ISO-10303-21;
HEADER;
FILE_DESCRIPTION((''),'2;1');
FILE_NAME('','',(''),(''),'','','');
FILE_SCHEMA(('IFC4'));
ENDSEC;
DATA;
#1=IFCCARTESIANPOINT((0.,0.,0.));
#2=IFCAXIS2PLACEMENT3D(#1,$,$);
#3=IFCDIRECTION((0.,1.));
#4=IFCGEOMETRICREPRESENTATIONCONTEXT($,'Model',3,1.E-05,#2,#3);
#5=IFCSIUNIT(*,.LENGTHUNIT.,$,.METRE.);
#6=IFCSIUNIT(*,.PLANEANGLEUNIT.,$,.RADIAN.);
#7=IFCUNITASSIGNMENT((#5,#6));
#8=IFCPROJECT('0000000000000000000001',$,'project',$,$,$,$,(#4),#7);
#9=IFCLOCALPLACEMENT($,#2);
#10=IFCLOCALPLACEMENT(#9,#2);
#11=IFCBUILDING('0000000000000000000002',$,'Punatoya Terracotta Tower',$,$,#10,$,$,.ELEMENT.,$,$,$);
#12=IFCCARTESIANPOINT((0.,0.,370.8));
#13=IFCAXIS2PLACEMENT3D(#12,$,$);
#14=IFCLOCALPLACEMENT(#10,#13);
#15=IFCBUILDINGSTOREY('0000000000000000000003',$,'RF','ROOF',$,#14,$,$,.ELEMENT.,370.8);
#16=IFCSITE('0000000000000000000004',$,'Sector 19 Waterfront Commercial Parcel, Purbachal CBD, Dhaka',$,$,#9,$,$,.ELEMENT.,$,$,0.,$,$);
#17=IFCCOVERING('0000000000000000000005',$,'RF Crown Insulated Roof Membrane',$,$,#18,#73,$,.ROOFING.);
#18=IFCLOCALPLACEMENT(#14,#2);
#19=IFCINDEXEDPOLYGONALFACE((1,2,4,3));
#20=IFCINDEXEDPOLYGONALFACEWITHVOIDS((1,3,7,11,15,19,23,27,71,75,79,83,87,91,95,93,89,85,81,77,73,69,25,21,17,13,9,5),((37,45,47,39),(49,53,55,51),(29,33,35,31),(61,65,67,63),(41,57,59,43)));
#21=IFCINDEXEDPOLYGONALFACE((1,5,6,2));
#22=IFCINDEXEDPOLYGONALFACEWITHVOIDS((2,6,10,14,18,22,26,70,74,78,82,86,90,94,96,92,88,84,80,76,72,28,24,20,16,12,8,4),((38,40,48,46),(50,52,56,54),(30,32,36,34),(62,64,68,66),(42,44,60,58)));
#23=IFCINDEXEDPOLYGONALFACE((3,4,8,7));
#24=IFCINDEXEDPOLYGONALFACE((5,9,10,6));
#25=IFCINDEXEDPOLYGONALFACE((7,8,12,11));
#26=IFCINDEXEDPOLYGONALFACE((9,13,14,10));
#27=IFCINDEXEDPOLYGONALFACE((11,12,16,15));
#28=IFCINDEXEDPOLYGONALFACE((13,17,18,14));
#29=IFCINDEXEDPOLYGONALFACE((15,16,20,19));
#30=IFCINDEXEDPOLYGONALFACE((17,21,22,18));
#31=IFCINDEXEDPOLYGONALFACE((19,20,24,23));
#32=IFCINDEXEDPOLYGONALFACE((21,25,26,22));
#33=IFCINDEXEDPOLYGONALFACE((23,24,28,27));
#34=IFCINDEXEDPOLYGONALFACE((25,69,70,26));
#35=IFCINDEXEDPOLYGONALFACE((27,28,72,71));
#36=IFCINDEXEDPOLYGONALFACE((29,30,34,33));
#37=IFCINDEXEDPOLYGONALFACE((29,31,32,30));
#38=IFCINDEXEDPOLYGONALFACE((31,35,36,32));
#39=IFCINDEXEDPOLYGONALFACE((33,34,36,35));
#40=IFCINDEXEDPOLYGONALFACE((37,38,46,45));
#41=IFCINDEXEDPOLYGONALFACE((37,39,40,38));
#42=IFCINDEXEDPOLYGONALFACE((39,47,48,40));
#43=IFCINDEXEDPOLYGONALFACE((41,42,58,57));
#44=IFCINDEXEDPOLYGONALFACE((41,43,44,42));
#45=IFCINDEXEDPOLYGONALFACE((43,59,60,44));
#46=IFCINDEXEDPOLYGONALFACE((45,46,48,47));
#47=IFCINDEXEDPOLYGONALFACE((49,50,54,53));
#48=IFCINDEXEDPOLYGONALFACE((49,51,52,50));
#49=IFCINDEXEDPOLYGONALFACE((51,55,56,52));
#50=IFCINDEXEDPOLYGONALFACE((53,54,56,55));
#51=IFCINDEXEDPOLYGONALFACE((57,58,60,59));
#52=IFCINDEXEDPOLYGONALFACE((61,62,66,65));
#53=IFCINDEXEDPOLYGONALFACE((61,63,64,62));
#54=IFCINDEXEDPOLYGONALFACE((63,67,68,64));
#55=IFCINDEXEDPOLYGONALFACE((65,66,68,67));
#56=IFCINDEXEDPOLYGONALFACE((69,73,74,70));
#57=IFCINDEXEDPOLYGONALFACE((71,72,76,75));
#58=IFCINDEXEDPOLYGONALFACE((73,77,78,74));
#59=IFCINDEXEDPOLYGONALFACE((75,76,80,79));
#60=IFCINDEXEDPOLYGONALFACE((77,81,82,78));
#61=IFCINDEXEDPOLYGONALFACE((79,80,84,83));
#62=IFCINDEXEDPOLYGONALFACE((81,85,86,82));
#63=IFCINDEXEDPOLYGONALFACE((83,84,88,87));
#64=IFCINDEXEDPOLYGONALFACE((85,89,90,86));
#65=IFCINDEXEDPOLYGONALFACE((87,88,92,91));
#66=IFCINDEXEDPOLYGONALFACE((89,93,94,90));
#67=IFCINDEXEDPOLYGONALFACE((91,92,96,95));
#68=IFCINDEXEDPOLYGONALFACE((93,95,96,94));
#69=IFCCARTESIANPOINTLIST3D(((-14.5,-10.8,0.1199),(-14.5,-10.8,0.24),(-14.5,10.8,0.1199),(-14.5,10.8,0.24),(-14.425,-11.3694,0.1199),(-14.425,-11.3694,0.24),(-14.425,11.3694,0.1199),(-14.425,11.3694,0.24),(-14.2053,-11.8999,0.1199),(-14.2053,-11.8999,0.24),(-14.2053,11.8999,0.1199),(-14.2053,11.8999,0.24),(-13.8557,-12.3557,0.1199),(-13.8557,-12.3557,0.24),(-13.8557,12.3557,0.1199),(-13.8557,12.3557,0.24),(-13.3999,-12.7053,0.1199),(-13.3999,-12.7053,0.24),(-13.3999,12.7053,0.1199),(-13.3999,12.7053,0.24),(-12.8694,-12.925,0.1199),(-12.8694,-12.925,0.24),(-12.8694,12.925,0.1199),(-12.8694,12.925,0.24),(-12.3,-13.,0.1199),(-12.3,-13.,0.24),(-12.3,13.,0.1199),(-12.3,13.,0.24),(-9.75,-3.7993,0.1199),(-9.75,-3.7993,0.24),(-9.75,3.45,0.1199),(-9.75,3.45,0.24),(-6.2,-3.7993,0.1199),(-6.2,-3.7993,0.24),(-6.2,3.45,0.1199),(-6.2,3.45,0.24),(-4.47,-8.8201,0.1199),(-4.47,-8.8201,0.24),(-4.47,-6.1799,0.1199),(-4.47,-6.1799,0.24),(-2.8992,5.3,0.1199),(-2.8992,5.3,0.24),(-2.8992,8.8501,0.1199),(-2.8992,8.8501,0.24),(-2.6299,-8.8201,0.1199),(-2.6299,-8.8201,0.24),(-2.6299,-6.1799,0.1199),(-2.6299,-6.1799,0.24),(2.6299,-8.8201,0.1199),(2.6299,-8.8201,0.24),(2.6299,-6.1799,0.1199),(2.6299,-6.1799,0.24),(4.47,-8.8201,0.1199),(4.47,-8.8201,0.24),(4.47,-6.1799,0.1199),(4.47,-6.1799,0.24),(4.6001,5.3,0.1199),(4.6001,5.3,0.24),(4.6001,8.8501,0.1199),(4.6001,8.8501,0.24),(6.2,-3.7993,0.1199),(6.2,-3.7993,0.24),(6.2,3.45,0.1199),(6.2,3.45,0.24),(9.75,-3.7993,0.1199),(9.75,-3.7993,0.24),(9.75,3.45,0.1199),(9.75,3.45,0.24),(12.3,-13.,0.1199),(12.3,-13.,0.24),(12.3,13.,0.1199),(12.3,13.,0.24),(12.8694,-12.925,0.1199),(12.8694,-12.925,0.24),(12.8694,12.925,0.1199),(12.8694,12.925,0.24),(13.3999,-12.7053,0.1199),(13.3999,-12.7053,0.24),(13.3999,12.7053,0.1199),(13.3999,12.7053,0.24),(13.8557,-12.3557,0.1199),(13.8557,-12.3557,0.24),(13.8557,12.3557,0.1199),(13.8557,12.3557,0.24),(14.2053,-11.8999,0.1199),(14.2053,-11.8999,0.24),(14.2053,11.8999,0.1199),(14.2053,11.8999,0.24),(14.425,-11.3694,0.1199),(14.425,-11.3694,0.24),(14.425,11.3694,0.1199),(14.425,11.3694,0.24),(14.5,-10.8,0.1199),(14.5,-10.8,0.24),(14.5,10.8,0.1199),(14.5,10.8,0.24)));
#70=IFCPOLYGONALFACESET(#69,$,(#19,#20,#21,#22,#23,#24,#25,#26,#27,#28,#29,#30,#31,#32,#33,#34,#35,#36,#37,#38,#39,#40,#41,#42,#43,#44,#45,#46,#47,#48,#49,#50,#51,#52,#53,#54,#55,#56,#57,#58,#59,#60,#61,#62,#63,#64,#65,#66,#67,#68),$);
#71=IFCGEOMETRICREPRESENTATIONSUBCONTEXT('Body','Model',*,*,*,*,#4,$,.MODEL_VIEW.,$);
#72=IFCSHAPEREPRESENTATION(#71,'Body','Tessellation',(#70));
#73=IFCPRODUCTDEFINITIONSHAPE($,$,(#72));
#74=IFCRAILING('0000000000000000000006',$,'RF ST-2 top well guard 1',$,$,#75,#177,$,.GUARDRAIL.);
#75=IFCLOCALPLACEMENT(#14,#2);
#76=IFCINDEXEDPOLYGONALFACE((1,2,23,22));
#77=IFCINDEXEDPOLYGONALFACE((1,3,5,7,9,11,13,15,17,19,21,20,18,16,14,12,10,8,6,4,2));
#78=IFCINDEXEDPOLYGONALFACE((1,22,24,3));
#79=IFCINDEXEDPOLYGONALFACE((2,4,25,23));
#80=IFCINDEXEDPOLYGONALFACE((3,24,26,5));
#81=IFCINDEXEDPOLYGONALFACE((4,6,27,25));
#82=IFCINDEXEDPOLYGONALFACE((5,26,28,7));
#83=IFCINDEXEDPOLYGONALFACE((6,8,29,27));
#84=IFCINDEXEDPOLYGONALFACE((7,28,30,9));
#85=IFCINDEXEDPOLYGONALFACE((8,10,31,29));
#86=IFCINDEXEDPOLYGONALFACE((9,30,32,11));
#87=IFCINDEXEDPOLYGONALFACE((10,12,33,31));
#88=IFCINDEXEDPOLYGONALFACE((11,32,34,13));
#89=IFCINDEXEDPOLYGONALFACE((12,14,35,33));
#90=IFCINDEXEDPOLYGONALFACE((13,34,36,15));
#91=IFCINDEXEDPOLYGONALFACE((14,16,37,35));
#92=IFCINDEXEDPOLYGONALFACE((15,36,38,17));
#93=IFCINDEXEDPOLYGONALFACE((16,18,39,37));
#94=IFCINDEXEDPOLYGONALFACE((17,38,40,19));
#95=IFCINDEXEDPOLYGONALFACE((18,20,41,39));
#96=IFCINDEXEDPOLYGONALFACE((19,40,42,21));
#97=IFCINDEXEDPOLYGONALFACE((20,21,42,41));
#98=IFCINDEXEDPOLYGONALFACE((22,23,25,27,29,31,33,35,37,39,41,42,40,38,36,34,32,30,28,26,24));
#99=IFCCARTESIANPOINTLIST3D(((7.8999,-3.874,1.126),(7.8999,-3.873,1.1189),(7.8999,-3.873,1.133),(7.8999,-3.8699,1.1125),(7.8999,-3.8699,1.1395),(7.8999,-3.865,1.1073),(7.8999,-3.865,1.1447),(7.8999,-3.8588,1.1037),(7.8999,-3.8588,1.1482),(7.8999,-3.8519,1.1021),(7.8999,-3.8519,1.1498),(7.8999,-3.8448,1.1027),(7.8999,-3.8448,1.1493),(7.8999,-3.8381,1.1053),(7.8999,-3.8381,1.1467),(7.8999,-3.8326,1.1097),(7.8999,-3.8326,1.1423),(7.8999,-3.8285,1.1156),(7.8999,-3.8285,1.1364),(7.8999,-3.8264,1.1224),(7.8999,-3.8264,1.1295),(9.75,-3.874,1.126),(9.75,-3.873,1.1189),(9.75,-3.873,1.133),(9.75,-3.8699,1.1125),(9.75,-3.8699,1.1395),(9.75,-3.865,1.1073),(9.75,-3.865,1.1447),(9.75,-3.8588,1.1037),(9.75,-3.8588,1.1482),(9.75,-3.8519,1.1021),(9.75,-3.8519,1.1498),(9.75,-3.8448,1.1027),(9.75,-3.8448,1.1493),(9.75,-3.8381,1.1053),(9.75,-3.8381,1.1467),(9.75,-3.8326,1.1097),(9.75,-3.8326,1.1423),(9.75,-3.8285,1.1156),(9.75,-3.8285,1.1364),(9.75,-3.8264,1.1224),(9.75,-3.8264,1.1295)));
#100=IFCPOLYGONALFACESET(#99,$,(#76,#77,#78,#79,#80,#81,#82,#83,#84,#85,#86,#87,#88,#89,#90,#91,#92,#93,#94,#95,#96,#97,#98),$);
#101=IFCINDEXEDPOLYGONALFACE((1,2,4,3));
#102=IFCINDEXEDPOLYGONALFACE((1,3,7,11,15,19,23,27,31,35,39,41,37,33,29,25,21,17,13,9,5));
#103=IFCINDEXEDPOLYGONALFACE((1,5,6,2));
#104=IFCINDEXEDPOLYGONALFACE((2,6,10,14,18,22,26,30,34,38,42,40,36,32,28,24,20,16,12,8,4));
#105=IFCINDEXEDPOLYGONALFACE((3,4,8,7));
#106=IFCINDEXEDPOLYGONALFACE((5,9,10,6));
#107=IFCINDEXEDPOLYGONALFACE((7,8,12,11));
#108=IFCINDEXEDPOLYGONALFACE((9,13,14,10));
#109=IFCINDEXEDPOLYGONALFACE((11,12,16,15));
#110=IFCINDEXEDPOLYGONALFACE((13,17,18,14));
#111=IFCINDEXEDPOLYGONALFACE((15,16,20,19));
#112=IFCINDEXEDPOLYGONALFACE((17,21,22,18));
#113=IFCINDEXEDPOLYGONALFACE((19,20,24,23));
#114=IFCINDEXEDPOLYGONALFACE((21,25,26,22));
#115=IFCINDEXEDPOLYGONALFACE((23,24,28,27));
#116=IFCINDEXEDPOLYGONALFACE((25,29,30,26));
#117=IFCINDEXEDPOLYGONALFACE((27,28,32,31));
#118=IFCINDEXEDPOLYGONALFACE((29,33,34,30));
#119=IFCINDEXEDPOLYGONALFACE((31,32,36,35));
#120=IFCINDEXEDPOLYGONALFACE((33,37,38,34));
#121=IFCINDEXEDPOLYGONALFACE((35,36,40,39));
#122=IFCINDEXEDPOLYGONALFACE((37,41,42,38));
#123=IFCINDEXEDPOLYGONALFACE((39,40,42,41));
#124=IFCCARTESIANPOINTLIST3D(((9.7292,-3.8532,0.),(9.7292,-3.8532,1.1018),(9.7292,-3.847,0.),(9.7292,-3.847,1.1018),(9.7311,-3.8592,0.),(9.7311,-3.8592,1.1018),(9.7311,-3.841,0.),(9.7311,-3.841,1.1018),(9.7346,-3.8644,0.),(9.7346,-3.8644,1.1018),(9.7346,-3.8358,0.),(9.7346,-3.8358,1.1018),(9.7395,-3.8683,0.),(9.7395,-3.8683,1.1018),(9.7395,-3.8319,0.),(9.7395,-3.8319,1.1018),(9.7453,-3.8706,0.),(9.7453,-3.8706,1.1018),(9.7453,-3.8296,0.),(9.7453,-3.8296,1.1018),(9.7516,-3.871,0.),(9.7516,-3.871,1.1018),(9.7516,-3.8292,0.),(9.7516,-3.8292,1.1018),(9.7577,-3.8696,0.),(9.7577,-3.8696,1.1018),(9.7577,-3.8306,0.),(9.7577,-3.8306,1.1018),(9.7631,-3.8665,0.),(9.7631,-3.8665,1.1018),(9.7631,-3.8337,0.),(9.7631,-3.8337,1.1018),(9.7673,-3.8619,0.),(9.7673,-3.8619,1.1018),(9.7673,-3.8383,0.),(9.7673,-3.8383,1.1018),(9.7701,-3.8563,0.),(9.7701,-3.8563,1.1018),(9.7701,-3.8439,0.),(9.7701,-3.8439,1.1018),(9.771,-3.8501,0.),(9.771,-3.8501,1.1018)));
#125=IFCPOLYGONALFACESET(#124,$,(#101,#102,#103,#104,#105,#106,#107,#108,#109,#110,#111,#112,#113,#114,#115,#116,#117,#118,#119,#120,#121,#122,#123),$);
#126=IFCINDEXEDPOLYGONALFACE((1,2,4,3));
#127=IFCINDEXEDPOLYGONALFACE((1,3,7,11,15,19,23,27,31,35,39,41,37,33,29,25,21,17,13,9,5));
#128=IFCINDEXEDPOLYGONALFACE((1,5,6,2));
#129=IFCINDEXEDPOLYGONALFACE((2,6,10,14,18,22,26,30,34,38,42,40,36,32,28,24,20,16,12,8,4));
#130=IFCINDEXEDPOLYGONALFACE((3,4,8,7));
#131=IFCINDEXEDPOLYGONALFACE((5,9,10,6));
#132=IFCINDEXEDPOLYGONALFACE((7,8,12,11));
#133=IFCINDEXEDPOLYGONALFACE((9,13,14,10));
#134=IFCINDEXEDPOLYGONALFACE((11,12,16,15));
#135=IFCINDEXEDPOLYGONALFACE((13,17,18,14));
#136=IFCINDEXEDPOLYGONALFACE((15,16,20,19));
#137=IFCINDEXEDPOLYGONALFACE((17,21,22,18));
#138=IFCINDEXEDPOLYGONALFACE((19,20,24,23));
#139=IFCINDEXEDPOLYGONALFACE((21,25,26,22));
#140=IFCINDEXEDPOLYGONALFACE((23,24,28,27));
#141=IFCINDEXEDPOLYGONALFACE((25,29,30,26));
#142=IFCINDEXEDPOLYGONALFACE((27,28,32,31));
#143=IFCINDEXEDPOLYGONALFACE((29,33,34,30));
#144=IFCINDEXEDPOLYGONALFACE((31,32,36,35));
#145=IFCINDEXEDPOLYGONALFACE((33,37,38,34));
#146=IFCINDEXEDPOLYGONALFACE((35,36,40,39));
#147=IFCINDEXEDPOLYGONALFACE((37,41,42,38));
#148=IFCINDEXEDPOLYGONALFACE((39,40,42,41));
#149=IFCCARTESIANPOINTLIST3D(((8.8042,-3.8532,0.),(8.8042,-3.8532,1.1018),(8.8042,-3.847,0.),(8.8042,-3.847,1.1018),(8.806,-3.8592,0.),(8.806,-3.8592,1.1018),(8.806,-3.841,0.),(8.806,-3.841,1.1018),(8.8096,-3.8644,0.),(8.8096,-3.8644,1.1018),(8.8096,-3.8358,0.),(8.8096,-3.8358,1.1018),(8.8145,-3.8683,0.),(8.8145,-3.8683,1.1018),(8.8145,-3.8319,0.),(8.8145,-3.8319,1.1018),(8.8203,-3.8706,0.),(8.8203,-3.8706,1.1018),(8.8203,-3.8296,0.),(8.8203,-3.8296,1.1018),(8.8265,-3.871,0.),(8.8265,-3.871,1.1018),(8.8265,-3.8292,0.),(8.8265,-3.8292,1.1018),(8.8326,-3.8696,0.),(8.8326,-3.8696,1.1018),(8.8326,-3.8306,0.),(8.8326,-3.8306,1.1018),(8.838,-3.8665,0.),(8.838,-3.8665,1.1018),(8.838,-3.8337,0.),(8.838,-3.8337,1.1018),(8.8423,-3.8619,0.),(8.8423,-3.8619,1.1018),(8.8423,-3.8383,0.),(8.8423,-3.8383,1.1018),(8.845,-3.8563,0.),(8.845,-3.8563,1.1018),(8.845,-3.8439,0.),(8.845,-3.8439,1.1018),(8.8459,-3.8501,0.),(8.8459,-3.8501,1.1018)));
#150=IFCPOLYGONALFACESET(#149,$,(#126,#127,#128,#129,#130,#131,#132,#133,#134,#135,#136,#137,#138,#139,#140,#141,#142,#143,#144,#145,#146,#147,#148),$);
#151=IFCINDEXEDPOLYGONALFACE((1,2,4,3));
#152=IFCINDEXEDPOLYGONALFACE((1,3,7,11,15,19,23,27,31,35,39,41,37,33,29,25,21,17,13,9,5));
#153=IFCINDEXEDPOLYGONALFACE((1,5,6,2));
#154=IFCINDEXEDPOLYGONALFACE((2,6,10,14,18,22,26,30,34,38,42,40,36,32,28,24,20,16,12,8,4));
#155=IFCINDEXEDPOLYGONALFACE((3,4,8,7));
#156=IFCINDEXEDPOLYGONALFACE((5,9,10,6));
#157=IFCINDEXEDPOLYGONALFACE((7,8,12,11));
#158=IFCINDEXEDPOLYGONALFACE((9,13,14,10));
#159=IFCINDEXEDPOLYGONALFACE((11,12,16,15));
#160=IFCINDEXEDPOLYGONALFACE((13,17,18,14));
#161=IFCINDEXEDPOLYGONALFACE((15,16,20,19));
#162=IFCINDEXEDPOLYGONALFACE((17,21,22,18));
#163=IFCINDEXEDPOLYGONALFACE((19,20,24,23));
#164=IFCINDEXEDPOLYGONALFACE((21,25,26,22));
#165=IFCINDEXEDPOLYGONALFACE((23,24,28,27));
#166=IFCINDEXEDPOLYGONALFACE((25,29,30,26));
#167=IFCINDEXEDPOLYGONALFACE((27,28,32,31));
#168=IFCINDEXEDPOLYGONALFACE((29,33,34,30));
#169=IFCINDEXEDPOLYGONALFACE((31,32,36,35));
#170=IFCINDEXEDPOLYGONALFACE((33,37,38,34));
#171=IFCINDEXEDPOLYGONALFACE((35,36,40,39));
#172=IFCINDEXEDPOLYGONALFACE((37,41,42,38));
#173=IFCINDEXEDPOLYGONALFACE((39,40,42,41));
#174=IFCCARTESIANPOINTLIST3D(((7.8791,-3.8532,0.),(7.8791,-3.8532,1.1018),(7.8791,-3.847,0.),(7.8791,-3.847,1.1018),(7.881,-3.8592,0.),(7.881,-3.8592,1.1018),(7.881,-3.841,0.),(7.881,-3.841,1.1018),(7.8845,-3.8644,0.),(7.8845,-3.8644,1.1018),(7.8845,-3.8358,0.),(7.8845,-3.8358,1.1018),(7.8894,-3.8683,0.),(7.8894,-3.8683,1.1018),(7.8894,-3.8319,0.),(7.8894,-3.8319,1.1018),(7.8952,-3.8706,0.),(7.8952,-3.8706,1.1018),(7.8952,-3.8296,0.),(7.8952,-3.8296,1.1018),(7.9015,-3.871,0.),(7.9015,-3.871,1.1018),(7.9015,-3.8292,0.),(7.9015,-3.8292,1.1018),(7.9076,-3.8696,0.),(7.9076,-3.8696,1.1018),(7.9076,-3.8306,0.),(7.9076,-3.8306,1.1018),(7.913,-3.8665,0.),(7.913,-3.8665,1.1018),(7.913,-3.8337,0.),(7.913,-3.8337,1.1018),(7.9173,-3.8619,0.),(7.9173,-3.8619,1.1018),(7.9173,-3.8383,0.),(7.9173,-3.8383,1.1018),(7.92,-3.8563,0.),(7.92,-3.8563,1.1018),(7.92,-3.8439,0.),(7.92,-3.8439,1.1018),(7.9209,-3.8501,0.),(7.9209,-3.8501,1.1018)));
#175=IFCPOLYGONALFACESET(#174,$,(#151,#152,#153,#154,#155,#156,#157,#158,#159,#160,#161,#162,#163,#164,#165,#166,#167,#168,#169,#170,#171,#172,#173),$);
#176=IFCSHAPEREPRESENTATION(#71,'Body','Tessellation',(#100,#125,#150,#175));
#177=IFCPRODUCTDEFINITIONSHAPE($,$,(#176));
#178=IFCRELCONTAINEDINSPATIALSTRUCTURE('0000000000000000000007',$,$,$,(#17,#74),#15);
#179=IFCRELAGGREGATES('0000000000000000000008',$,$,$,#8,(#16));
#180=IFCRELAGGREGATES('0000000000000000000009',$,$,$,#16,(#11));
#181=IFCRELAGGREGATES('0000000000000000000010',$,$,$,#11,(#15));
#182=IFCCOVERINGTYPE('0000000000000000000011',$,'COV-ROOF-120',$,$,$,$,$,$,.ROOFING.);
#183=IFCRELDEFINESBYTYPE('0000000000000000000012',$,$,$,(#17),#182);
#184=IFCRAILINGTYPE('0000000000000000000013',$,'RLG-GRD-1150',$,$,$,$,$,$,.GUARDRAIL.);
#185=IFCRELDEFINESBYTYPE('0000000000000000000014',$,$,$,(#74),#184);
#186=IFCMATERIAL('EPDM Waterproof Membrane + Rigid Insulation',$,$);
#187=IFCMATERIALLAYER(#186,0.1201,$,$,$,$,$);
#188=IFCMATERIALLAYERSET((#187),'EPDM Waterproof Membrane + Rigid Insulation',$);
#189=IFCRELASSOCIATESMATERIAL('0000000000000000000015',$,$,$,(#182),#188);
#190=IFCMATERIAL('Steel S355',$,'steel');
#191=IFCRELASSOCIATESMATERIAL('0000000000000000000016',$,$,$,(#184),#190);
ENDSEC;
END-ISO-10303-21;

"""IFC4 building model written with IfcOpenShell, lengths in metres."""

from ifc_helpers import new_model, si_unit, direction, frame, origin, origin_2d, place, context, subcontext, project, spatial, polyline, circle, outline, extrude, material, layer, layer_set, type_object, element, save


model = new_model("IFC4")

# Units and contexts
model_context = context("Model", 3, precision=1e-05, world=origin(), true_north=direction((0.0, 1.0)))
body_context = subcontext(model_context, "Body", "Model", "MODEL_VIEW")
ifc_project = project(units=[si_unit("LENGTHUNIT", "METRE"), si_unit("PLANEANGLEUNIT", "RADIAN")], contexts=[model_context])

# Site, building, storey
site_placement = place(None, origin())
site = spatial("IfcSite", under=ifc_project, at=site_placement, Name="Sector 19 Waterfront Commercial Parcel, Purbachal CBD, Dhaka", CompositionType="ELEMENT", RefElevation=0.0)
building_placement = place(site_placement, origin())
building = spatial("IfcBuilding", under=site, at=building_placement, Name="Punatoya Terracotta Tower", CompositionType="ELEMENT")
storey_placement = place(building_placement, frame((0.0, 0.0, 370.8)))
storey = spatial("IfcBuildingStorey", under=building, at=storey_placement, Name="RF", Description="ROOF", CompositionType="ELEMENT", Elevation=370.8)

# Shared definitions
ifc_material_1 = material(Name="Steel S355", Category="steel")

# Covering
ifc_material_2 = material(Name="EPDM Waterproof Membrane + Rigid Insulation")
ifc_layer_1 = layer(ifc_material_2, 0.1201)
ifc_layer_set_1 = layer_set([ifc_layer_1], Name="EPDM Waterproof Membrane + Rigid Insulation")
covering_type_1 = type_object("IfcCoveringType", Name="COV-ROOF-120", PredefinedType="ROOFING", material=ifc_layer_set_1)
covering_1_placement = place(storey_placement, frame((0.0, 0.0, 0.1199)))
element("IfcCovering", 1, at=covering_1_placement, inside=storey, type_object=covering_type_1, Name="RF Crown Insulated Roof Membrane", PredefinedType="ROOFING", context=body_context, shape_type="SweptSolid", body=[
    extrude(outline(polyline([(-12.3, -13.0), (12.3, -13.0), (12.8694, -12.925), (13.3999, -12.7053), (13.8557, -12.3557), (14.2053, -11.8999), (14.425, -11.3694), (14.5, -10.8), (14.5, 10.8), (14.425, 11.3694), (14.2053, 11.8999), (13.8557, 12.3557), (13.3999, 12.7053), (12.8694, 12.925), (12.3, 13.0), (-12.3, 13.0), (-12.8694, 12.925), (-13.3999, 12.7053), (-13.8557, 12.3557), (-14.2053, 11.8999), (-14.425, 11.3694), (-14.5, 10.8), (-14.5, -10.8), (-14.425, -11.3694), (-14.2053, -11.8999), (-13.8557, -12.3557), (-13.3999, -12.7053), (-12.8694, -12.925), (-12.3, -13.0)]), holes=[polyline([(-4.47, -6.1799), (-2.6299, -6.1799), (-2.6299, -8.8201), (-4.47, -8.8201), (-4.47, -6.1799)]), polyline([(2.6299, -6.1799), (4.47, -6.1799), (4.47, -8.8201), (2.6299, -8.8201), (2.6299, -6.1799)]), polyline([(-9.75, -3.7993), (-9.75, 3.45), (-6.2, 3.45), (-6.2, -3.7993), (-9.75, -3.7993)]), polyline([(6.2, 3.45), (9.75, 3.45), (9.75, -3.7993), (6.2, -3.7993), (6.2, 3.45)]), polyline([(4.6001, 8.8501), (4.6001, 5.3), (-2.8992, 5.3), (-2.8992, 8.8501), (4.6001, 8.8501)])]), origin(), (0.0, 0.0, 1.0), 0.1201),
])

# Railing
railing_type = type_object("IfcRailingType", Name="RLG-GRD-1150", PredefinedType="GUARDRAIL", material=ifc_material_1)
railing_placement = place(storey_placement, frame((9.75, -3.8501, 0.0)))
element("IfcRailing", 2, at=railing_placement, inside=storey, type_object=railing_type, Name="RF ST-2 top well guard 1", PredefinedType="GUARDRAIL", context=body_context, shape_type="SweptSolid", body=[
    extrude(circle(Radius=0.0239, at=origin_2d()), frame((0.0, 0.0, 1.126), z_axis=(-1.0, 0.0, 0.0), x_axis=(0.0, -1.0, 0.0)), (0.0, 0.0, 1.0), 1.8501),
    extrude(circle(Radius=0.021, at=origin_2d()), origin(), (0.0, 0.0, 1.0), 1.1018),
    extrude(circle(Radius=0.021, at=origin_2d()), frame((-0.925, 0.0, 0.0)), (0.0, 0.0, 1.0), 1.1018),
    extrude(circle(Radius=0.021, at=origin_2d()), frame((-1.8501, 0.0, 0.0)), (0.0, 0.0, 1.0), 1.1018),
])

save(model, "model.ifc")
